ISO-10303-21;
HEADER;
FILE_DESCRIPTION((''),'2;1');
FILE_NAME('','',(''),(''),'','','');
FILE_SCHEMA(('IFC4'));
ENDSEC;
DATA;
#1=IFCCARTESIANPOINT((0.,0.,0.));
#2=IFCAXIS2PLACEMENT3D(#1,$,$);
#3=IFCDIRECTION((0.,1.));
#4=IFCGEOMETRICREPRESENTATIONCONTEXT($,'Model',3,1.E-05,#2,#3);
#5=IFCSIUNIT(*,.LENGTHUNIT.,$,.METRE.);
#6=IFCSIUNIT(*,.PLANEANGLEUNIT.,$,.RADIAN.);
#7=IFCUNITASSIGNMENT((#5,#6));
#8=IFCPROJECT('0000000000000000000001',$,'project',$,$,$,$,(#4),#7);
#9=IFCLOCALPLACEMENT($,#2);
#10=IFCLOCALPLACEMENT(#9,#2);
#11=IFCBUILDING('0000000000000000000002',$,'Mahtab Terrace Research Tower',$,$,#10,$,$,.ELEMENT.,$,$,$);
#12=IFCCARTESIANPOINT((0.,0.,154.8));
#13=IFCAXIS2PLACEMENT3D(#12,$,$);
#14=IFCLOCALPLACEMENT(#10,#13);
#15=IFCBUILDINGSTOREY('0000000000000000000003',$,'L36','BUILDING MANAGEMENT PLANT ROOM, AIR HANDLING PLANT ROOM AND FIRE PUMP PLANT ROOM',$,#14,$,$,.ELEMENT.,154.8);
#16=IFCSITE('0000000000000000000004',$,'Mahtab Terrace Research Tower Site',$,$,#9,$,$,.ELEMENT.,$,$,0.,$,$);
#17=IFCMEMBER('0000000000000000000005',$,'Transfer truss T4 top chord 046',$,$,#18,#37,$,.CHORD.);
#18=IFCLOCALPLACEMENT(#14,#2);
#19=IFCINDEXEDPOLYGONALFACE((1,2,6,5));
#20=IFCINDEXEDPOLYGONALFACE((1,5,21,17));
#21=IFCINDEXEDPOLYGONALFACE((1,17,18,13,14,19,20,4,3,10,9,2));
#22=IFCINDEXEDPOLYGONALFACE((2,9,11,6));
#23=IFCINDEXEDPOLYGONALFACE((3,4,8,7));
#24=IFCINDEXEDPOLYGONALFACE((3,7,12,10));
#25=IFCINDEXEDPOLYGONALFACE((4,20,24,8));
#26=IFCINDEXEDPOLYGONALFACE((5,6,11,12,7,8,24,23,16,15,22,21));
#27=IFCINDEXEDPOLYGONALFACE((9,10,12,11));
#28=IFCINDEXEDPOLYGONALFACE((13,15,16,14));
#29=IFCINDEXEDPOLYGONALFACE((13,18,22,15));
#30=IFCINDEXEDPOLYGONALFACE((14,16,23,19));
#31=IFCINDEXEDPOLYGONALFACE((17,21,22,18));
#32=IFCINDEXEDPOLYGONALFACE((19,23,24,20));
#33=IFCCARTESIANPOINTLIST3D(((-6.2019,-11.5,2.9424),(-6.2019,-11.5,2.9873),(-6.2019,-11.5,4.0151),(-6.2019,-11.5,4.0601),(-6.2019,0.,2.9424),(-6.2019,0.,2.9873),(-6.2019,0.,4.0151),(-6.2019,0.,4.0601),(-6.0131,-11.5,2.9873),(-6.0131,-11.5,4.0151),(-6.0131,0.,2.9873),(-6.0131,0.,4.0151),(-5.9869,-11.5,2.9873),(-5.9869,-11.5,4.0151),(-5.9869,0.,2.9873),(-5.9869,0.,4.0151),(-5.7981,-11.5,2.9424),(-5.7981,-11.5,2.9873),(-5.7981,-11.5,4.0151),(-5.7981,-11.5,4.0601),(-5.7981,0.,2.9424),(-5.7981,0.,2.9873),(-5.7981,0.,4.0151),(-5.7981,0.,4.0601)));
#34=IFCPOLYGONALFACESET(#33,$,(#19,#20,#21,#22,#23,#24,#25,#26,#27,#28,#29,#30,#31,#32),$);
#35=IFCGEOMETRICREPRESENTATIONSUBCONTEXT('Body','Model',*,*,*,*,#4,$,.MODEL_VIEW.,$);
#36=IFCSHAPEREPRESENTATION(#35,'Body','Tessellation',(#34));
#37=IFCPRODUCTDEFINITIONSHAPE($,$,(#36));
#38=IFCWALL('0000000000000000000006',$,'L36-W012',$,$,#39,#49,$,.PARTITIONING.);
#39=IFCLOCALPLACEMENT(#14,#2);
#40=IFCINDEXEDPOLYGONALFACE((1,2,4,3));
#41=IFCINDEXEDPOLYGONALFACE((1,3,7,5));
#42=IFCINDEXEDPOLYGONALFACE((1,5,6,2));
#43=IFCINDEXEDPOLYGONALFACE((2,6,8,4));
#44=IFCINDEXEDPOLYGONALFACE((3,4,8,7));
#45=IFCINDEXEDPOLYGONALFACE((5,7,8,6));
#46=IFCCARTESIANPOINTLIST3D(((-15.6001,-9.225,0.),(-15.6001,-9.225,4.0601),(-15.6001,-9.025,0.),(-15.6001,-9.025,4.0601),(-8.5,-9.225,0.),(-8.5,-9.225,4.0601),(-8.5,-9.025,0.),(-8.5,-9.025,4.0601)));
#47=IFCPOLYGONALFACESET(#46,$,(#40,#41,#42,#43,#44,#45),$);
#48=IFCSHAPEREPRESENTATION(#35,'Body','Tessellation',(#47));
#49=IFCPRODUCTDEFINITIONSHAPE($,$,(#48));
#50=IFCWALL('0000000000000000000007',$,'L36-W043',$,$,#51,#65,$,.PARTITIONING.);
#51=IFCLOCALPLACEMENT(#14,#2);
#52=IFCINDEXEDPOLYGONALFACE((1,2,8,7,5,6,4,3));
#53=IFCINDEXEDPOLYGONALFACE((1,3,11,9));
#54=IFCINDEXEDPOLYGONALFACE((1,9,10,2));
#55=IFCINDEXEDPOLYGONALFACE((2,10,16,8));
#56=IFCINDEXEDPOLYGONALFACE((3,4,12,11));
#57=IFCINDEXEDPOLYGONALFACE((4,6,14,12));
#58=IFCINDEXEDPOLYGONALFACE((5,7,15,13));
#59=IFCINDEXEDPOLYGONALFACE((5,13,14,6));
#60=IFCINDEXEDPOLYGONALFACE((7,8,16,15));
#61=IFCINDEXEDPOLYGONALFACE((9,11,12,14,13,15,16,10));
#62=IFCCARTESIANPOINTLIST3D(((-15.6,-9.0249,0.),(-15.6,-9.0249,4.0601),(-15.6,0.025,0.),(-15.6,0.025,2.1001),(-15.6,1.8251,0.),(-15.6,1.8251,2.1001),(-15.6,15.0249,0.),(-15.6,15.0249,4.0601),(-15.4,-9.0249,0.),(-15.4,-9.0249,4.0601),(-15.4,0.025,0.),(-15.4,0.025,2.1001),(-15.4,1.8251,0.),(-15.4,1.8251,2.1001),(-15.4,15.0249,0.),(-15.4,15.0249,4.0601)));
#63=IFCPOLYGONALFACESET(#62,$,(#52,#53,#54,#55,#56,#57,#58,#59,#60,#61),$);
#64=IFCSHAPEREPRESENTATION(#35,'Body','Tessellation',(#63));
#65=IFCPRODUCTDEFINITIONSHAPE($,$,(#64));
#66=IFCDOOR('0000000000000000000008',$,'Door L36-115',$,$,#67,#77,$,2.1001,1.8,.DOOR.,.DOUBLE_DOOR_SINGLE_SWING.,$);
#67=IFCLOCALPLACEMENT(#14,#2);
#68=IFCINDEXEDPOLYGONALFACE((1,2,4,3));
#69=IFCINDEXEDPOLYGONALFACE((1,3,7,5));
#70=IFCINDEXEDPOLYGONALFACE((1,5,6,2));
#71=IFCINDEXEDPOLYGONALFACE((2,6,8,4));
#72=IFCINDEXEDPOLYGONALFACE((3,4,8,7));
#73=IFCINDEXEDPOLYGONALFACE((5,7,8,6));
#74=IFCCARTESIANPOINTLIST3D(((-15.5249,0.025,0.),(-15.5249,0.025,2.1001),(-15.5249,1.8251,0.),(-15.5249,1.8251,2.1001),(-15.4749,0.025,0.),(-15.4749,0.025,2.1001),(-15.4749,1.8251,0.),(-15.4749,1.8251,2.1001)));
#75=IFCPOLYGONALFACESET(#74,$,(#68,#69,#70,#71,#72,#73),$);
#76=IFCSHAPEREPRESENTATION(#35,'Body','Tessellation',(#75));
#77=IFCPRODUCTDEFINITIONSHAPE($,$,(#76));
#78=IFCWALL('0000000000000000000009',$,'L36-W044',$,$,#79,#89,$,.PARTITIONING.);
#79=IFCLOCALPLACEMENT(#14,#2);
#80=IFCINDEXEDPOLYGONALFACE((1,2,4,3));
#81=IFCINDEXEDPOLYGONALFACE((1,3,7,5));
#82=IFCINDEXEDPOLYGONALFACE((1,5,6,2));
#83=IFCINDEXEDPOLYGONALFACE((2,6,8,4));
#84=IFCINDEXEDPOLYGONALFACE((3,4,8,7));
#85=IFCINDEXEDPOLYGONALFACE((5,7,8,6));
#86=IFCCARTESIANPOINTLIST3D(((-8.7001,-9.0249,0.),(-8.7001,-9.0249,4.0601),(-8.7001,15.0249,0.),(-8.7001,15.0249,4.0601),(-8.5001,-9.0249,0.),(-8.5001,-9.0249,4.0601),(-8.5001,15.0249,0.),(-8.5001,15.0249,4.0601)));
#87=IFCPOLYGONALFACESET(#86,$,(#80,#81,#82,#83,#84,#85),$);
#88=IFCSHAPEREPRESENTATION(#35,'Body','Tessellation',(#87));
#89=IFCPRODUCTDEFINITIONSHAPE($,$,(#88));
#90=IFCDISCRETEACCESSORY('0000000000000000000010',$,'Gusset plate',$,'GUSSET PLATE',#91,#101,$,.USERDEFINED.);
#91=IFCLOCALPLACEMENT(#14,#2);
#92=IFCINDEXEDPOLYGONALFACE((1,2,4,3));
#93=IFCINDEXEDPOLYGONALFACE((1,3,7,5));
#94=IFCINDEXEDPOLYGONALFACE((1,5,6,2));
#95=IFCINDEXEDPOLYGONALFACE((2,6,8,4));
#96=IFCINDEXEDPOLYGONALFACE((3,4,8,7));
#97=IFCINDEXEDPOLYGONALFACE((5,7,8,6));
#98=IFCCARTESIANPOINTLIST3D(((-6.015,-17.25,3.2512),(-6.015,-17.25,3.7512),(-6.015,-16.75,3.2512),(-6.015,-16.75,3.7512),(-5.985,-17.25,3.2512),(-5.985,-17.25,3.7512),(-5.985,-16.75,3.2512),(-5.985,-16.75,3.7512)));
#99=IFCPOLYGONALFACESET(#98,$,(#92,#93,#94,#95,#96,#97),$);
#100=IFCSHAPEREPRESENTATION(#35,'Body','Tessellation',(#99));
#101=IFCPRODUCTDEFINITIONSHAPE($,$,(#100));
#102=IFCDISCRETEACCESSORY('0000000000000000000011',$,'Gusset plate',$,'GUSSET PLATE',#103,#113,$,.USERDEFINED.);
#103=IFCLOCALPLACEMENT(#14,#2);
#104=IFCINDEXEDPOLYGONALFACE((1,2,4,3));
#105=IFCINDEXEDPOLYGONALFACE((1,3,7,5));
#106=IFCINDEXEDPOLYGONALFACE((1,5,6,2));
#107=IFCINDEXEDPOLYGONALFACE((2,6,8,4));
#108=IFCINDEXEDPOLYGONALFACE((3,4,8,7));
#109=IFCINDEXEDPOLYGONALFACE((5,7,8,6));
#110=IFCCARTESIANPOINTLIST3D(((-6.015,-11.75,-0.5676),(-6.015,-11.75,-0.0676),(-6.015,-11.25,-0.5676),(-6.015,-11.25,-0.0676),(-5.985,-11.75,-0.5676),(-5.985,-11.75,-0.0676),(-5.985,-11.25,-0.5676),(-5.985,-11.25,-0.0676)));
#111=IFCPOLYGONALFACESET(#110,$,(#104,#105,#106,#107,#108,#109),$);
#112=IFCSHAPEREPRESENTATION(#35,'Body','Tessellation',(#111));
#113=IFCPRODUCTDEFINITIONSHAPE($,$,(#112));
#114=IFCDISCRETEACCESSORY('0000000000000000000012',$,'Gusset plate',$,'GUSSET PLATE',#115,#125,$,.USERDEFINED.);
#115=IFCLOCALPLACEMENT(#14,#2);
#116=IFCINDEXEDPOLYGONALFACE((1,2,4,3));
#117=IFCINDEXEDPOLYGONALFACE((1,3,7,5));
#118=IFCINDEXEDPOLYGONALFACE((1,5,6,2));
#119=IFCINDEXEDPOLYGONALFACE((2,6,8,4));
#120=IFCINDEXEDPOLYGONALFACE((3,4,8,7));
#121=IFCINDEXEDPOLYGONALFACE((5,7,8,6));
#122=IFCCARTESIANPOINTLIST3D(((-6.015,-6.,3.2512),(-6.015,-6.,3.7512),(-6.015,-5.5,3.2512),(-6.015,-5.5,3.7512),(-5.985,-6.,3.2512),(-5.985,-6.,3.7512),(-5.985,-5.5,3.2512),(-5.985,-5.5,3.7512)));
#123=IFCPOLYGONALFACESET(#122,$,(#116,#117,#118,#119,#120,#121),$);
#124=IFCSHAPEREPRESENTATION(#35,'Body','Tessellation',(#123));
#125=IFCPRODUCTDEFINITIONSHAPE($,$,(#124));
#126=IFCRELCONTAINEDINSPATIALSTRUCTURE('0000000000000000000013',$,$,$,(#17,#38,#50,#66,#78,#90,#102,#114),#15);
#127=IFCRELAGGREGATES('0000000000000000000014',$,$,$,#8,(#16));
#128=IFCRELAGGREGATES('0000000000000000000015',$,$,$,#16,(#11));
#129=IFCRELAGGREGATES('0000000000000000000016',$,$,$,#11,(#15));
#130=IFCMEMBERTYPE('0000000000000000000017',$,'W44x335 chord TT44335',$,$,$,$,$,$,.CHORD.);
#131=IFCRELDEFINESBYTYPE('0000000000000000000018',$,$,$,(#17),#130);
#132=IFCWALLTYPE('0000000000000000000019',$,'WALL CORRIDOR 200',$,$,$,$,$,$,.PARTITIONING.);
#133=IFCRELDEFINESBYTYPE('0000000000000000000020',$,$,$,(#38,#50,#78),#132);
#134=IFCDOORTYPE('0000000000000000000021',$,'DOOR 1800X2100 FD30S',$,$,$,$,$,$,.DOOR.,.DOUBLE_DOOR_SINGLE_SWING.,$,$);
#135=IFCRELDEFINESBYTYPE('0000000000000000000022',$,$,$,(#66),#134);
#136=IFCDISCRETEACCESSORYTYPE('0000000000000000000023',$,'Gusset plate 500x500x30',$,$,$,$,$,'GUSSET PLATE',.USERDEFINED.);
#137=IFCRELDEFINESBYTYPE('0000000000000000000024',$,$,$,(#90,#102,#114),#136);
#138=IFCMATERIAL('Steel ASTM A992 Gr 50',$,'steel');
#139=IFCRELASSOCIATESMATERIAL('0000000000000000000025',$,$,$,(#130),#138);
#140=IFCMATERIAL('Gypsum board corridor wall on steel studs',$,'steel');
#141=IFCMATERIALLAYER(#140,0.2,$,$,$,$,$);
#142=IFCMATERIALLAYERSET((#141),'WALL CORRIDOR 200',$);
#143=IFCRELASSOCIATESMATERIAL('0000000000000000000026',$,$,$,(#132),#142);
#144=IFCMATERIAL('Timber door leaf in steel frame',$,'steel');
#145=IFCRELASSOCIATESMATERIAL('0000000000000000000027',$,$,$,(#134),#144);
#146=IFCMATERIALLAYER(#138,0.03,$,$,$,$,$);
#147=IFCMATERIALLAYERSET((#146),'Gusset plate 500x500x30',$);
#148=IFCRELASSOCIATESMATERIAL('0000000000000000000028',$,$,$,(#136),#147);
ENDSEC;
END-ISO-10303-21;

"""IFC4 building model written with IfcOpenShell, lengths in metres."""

from ifc_helpers import new_model, si_unit, direction, frame, frame_2d, origin, origin_2d, place, context, subcontext, project, spatial, rectangle, i_section, extrude, material, layer, layer_set, material_profile, profile_set, type_object, element, fill, save


model = new_model("IFC4")

# Units and contexts
model_context = context("Model", 3, precision=1e-05, world=origin(), true_north=direction((0.0, 1.0)))
body_context = subcontext(model_context, "Body", "Model", "MODEL_VIEW")
ifc_project = project(units=[si_unit("LENGTHUNIT", "METRE"), si_unit("PLANEANGLEUNIT", "RADIAN")], contexts=[model_context])

# Site, building, storey
site_placement = place(None, origin())
site = spatial("IfcSite", under=ifc_project, at=site_placement, Name="Mahtab Terrace Research Tower Site", CompositionType="ELEMENT", RefElevation=0.0)
building_placement = place(site_placement, origin())
building = spatial("IfcBuilding", under=site, at=building_placement, Name="Mahtab Terrace Research Tower", CompositionType="ELEMENT")
storey_placement = place(building_placement, frame((0.0, 0.0, 154.8)))
storey = spatial("IfcBuildingStorey", under=building, at=storey_placement, Name="L36", Description="BUILDING MANAGEMENT PLANT ROOM, AIR HANDLING PLANT ROOM AND FIRE PUMP PLANT ROOM", CompositionType="ELEMENT", Elevation=154.8)

# Shared definitions
ifc_material_1 = material(Name="Steel ASTM A992 Gr 50", Category="steel")

# Member
ifc_material_profile_1 = material_profile(ifc_material_1, i_section(OverallWidth=0.4038, OverallDepth=1.1177, WebThickness=0.0261, FlangeThickness=0.0449, at=origin_2d()), Name="W44X335")
ifc_profile_set_1 = profile_set([ifc_material_profile_1], Name="Steel ASTM A992 Gr 50")
member_type_1 = type_object("IfcMemberType", Name="W44x335 chord TT44335", PredefinedType="CHORD", material=ifc_profile_set_1)
member_1_placement = place(storey_placement, frame((-6.0, -11.5, 3.5012), z_axis=(0.0, 1.0, 0.0), x_axis=(-1.0, 0.0, 0.0)))
element("IfcMember", 1, at=member_1_placement, inside=storey, type_object=member_type_1, Name="Transfer truss T4 top chord 046", PredefinedType="CHORD", context=body_context, shape_type="SweptSolid", body=[
    extrude(i_section(OverallWidth=0.4038, OverallDepth=1.1177, WebThickness=0.0261, FlangeThickness=0.0449, at=origin_2d()), origin(), (0.0, 0.0, 1.0), 11.5),
])

# Wall
ifc_material_2 = material(Name="Gypsum board corridor wall on steel studs", Category="steel")
ifc_layer_1 = layer(ifc_material_2, 0.2)
ifc_layer_set_1 = layer_set([ifc_layer_1], Name="WALL CORRIDOR 200")
wall_type = type_object("IfcWallType", Name="WALL CORRIDOR 200", PredefinedType="PARTITIONING", material=ifc_layer_set_1)
wall_1_placement = place(storey_placement, frame((-15.6001, -9.125, 0.0), z_axis=(0.0, 0.0, 1.0), x_axis=(1.0, 0.0, 0.0)))
element("IfcWall", 2, at=wall_1_placement, inside=storey, type_object=wall_type, Name="L36-W012", PredefinedType="PARTITIONING", context=body_context, shape_type="SweptSolid", body=[
    extrude(rectangle(XDim=7.1001, YDim=0.2, at=frame_2d((3.55, 0.0))), origin(), (0.0, 0.0, 1.0), 4.0601),
])

# Wall, opening, door
wall_2_placement = place(storey_placement, frame((-15.5, -9.0249, 0.0), z_axis=(0.0, 0.0, 1.0), x_axis=(0.0, 1.0, 0.0)))
wall_2 = element("IfcWall", 3, at=wall_2_placement, inside=storey, type_object=wall_type, Name="L36-W043", PredefinedType="PARTITIONING", context=body_context, shape_type="SweptSolid", body=[
    extrude(rectangle(XDim=24.0498, YDim=0.2, at=frame_2d((12.0249, 0.0))), origin(), (0.0, 0.0, 1.0), 4.0601),
])
opening_placement = place(wall_2_placement, frame((9.05, 0.0, 0.0)))
opening = element("IfcOpeningElement", 4, at=opening_placement, cuts=wall_2, PredefinedType="OPENING", context=body_context, shape_type="SweptSolid", body=[
    extrude(rectangle(XDim=1.8, YDim=2.1001, at=frame_2d((0.8999, 1.05))), frame((0.0, 0.1099, 0.0), z_axis=(0.0, -1.0, 0.0), x_axis=(1.0, 0.0, 0.0)), (0.0, 0.0, 1.0), 0.22),
])
ifc_material_3 = material(Name="Timber door leaf in steel frame", Category="steel")
door_type = type_object("IfcDoorType", Name="DOOR 1800X2100 FD30S", OperationType="DOUBLE_DOOR_SINGLE_SWING", PredefinedType="DOOR", material=ifc_material_3)
door_placement = place(opening_placement, origin())
door = element("IfcDoor", 5, at=door_placement, inside=storey, type_object=door_type, Name="Door L36-115", OperationType="DOUBLE_DOOR_SINGLE_SWING", OverallHeight=2.1001, OverallWidth=1.8, PredefinedType="DOOR", context=body_context, shape_type="SweptSolid", body=[
    extrude(rectangle(XDim=1.8, YDim=2.1001, at=frame_2d((0.8999, 1.05))), frame((0.0, 0.0249, 0.0), z_axis=(0.0, -1.0, 0.0), x_axis=(1.0, 0.0, 0.0)), (0.0, 0.0, 1.0), 0.05),
])
fill(opening, door)

# Wall
wall_3_placement = place(storey_placement, frame((-8.6001, -9.0249, 0.0), z_axis=(0.0, 0.0, 1.0), x_axis=(0.0, 1.0, 0.0)))
element("IfcWall", 6, at=wall_3_placement, inside=storey, type_object=wall_type, Name="L36-W044", PredefinedType="PARTITIONING", context=body_context, shape_type="SweptSolid", body=[
    extrude(rectangle(XDim=24.0498, YDim=0.2, at=frame_2d((12.0249, 0.0))), origin(), (0.0, 0.0, 1.0), 4.0601),
])

# Discrete accessories
ifc_layer_2 = layer(ifc_material_1, 0.03)
ifc_layer_set_2 = layer_set([ifc_layer_2], Name="Gusset plate 500x500x30")
discrete_accessory_type = type_object("IfcDiscreteAccessoryType", Name="Gusset plate 500x500x30", ElementType="GUSSET PLATE", PredefinedType="USERDEFINED", material=ifc_layer_set_2)
for number, where, z_axis, x_axis, name in (
    (7, (-6.0, -17.0, 3.2512), (0.0, 0.0, 1.0), (0.0, 1.0, 0.0), "Gusset plate"),
    (8, (-6.0, -11.5, -0.5676), (0.0, 0.0, 1.0), (0.0, 1.0, 0.0), "Gusset plate"),
    (9, (-6.0, -5.75, 3.2512), (0.0, 0.0, 1.0), (0.0, 1.0, 0.0), "Gusset plate"),
):
    element("IfcDiscreteAccessory", number, at=place(storey_placement, frame(where, z_axis=z_axis, x_axis=x_axis)), inside=storey, type_object=discrete_accessory_type, Name=name, ObjectType="GUSSET PLATE", PredefinedType="USERDEFINED", context=body_context, shape_type="SweptSolid", body=[
        extrude(rectangle(XDim=0.5, YDim=0.03, at=origin_2d()), origin(), (0.0, 0.0, 1.0), 0.5),
    ])

save(model, "model.ifc")
